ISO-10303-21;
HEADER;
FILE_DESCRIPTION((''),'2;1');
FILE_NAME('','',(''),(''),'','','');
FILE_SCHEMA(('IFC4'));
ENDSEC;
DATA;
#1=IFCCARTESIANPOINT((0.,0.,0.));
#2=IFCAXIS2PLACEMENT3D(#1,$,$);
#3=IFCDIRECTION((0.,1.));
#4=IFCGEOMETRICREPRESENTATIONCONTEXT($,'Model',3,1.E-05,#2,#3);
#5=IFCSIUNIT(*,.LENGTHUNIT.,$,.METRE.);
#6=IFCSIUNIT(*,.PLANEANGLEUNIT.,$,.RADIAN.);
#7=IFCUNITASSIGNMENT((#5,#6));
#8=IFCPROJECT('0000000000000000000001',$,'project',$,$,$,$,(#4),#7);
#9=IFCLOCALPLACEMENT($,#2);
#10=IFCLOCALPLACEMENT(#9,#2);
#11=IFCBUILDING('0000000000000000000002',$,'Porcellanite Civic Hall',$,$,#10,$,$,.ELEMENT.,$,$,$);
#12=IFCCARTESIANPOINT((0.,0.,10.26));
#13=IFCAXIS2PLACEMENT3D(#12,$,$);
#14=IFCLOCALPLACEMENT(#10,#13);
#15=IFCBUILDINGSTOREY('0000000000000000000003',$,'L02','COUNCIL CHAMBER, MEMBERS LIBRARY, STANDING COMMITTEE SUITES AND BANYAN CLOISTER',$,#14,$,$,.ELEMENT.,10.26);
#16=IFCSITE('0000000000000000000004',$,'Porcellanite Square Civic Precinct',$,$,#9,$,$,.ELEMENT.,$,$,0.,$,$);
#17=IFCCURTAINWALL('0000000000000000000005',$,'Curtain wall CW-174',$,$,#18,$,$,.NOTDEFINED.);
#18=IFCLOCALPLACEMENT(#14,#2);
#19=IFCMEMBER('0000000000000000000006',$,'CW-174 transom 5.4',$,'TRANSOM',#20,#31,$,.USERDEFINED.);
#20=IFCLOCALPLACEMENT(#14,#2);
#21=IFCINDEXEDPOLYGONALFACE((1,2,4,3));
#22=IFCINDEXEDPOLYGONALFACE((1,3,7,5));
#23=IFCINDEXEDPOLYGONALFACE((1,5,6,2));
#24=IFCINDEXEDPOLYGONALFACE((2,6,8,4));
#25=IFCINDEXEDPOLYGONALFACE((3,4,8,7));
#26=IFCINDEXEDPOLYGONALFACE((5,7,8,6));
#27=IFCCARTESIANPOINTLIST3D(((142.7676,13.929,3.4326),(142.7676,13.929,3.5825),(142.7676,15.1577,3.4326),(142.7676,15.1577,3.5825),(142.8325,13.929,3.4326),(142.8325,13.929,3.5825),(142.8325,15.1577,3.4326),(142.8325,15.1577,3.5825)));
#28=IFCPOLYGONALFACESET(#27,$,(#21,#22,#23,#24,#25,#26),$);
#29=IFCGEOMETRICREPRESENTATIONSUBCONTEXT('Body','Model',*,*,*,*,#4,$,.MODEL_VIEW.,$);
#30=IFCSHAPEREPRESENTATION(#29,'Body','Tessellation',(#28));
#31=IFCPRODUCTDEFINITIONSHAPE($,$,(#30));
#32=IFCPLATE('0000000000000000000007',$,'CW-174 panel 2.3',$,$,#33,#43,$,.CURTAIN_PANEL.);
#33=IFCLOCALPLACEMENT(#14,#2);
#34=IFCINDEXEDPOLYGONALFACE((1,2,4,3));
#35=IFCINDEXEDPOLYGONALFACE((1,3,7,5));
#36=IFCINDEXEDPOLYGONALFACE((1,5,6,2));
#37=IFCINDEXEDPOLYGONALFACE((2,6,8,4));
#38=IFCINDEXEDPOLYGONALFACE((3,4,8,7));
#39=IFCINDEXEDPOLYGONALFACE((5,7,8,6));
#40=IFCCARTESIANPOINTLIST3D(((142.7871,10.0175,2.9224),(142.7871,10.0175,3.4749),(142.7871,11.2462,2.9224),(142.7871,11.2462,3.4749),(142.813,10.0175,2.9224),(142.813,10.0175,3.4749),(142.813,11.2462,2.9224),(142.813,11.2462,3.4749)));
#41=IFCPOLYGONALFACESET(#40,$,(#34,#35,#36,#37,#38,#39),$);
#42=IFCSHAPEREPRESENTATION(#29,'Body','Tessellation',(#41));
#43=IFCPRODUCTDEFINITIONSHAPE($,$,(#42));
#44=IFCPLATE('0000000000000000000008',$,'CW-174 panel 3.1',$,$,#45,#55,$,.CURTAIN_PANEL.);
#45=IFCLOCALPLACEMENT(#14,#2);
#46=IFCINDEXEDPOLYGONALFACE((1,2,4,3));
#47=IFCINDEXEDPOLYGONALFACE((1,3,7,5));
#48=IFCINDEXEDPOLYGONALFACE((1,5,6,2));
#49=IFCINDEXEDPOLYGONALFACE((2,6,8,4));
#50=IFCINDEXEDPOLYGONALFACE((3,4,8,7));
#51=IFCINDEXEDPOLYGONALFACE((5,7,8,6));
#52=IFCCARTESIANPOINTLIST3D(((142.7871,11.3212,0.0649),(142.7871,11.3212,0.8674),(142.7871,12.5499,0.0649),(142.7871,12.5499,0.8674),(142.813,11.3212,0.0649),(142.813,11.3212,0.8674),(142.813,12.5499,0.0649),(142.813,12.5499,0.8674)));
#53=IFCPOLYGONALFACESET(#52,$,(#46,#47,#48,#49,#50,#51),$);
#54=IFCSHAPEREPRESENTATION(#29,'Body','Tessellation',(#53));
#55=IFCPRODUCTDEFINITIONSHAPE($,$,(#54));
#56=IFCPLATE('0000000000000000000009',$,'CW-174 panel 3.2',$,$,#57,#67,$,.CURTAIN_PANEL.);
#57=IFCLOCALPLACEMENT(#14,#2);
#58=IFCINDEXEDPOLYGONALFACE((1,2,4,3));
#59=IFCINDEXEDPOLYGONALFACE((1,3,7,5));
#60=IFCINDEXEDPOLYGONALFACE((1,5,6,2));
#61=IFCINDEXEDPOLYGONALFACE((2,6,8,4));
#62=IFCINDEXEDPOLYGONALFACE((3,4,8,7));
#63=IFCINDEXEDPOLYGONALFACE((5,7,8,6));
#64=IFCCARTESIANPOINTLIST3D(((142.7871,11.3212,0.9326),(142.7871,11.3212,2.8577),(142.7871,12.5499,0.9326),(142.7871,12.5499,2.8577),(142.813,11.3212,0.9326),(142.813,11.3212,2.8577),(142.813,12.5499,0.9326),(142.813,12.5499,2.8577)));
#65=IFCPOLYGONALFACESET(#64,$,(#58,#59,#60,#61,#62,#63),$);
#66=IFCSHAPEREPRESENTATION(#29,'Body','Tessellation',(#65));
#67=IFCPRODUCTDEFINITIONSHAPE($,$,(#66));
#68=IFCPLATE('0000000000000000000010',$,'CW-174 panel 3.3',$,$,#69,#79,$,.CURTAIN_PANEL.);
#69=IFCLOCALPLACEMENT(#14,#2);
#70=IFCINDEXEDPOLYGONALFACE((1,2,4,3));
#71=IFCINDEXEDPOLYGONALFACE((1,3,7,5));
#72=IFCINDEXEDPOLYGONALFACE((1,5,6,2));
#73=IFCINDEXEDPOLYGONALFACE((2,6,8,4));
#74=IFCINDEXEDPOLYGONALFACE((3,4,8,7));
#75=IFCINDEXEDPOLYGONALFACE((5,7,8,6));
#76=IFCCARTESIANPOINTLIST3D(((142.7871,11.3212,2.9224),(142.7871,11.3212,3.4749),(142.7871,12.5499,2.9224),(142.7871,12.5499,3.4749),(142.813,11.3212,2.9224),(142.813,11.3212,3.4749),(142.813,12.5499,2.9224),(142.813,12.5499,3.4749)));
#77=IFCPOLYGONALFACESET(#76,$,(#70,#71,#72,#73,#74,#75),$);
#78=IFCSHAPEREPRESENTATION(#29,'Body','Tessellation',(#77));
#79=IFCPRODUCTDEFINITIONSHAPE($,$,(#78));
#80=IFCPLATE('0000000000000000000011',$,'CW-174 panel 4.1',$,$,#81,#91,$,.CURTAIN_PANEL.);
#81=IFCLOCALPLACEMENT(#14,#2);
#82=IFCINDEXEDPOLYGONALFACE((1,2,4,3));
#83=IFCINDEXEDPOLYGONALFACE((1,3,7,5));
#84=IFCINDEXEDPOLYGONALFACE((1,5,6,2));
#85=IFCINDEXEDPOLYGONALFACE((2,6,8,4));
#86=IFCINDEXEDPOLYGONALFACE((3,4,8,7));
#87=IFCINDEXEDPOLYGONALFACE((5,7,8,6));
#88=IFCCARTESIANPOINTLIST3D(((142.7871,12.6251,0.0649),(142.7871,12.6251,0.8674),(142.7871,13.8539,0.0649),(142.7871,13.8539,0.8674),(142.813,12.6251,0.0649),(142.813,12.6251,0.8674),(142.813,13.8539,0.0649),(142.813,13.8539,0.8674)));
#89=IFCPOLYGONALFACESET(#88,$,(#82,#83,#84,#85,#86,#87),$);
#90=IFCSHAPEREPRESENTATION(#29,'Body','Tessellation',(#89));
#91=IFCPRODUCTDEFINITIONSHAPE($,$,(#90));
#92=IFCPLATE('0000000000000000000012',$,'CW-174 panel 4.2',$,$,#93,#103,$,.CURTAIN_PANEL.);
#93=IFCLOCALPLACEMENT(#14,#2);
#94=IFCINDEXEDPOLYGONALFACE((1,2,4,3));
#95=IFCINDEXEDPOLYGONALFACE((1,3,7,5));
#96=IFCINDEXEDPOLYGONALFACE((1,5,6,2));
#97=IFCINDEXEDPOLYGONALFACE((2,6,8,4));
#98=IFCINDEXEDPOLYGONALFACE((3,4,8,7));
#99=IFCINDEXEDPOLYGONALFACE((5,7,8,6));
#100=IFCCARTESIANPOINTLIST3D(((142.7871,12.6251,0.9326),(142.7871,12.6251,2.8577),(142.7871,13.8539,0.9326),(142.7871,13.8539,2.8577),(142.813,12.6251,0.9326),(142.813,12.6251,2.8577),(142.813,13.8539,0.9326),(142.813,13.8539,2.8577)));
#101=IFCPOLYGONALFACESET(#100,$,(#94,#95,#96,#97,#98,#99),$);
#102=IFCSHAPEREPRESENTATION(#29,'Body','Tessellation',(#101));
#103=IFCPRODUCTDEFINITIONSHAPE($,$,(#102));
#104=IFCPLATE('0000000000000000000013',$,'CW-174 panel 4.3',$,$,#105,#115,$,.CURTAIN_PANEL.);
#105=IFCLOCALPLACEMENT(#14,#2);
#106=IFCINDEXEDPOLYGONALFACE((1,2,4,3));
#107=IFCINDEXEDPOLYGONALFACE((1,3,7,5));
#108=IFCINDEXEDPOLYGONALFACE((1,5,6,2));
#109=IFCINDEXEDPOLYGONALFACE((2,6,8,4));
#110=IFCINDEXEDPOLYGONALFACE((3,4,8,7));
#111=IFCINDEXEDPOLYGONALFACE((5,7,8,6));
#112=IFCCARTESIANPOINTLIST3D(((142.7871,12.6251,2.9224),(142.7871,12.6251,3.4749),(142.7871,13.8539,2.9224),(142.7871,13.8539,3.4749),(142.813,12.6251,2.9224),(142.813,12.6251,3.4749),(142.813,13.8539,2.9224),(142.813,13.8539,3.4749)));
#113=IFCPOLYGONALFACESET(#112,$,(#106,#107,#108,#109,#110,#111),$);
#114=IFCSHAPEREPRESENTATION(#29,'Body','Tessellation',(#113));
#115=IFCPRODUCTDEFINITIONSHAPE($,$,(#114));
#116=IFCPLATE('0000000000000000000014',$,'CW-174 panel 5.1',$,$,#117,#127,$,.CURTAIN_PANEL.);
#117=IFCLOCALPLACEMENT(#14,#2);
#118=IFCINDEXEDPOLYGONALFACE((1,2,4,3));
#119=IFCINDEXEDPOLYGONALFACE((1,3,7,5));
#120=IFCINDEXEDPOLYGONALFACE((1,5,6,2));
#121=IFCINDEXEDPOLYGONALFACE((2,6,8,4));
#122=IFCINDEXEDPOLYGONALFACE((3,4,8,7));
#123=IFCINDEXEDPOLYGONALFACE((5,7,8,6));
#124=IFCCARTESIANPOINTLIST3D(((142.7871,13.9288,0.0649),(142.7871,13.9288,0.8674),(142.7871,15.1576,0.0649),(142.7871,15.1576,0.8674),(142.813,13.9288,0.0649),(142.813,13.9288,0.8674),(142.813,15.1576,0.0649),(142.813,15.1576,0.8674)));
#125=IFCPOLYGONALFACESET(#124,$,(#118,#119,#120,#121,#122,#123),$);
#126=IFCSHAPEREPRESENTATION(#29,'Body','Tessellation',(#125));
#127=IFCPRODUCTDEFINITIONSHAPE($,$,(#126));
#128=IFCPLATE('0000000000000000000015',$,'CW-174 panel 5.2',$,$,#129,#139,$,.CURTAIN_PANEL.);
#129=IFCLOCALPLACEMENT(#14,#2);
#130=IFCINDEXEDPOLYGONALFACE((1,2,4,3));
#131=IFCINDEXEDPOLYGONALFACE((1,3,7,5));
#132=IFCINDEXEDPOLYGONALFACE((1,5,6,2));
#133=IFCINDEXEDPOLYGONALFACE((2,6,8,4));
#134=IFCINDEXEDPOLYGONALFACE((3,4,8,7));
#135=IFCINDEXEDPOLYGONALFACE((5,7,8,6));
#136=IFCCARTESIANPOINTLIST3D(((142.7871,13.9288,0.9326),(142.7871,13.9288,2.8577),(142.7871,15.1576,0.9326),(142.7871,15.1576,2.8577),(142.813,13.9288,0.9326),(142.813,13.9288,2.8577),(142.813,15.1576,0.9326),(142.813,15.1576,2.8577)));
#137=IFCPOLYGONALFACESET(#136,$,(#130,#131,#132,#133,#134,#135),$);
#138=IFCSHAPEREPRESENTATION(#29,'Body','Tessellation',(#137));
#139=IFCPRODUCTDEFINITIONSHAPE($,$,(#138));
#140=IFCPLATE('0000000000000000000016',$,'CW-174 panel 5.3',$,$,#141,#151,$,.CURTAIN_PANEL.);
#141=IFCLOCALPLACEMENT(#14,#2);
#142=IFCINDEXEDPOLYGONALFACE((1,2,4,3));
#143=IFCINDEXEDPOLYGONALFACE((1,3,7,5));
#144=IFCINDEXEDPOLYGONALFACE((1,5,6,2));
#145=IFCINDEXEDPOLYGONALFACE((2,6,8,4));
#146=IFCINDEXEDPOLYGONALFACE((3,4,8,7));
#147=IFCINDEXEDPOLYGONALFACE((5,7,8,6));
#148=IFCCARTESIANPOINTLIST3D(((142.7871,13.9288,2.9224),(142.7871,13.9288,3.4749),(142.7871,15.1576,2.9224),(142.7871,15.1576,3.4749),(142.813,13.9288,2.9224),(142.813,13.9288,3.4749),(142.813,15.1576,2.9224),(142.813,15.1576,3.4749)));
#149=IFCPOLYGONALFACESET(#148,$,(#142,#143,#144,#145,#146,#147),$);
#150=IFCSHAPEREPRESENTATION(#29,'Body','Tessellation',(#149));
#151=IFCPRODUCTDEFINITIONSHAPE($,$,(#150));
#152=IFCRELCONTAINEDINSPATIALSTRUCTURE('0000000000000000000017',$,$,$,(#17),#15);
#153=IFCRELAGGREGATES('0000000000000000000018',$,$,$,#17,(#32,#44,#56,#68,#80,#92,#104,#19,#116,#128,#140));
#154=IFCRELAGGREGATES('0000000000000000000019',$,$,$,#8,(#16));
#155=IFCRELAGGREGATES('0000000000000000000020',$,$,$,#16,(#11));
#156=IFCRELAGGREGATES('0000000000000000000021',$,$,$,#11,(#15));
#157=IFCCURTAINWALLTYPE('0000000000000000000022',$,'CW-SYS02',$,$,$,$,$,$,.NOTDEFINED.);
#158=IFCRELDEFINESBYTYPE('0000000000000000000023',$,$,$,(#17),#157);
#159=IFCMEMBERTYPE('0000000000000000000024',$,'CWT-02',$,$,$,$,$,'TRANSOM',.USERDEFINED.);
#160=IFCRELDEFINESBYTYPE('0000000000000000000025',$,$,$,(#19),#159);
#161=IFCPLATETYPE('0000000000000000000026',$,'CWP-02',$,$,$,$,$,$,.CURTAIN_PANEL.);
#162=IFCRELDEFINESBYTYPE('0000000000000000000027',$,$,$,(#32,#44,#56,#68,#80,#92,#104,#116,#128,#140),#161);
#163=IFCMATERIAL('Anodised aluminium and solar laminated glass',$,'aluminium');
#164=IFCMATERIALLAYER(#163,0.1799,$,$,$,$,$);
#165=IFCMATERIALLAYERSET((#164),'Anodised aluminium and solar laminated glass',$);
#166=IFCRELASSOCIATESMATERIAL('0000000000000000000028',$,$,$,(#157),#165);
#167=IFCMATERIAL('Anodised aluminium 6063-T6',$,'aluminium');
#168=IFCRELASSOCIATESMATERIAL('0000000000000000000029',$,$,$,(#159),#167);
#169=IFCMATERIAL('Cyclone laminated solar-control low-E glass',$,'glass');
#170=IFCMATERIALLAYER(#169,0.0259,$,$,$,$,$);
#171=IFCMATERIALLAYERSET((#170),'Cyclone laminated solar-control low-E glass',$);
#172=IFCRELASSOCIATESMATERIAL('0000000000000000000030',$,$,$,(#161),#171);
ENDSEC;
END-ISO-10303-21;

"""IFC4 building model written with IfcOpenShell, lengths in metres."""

from ifc_helpers import new_model, si_unit, direction, frame, origin, origin_2d, place, context, subcontext, project, spatial, rectangle, extrude, material, layer, layer_set, material_profile, profile_set, type_object, element, aggregate, save


model = new_model("IFC4")

# Units and contexts
model_context = context("Model", 3, precision=1e-05, world=origin(), true_north=direction((0.0, 1.0)))
body_context = subcontext(model_context, "Body", "Model", "MODEL_VIEW")
ifc_project = project(units=[si_unit("LENGTHUNIT", "METRE"), si_unit("PLANEANGLEUNIT", "RADIAN")], contexts=[model_context])

# Site, building, storey
site_placement = place(None, origin())
site = spatial("IfcSite", under=ifc_project, at=site_placement, Name="Porcellanite Square Civic Precinct", CompositionType="ELEMENT", RefElevation=0.0)
building_placement = place(site_placement, origin())
building = spatial("IfcBuilding", under=site, at=building_placement, Name="Porcellanite Civic Hall", CompositionType="ELEMENT")
storey_placement = place(building_placement, frame((0.0, 0.0, 10.26)))
storey = spatial("IfcBuildingStorey", under=building, at=storey_placement, Name="L02", Description="COUNCIL CHAMBER, MEMBERS LIBRARY, STANDING COMMITTEE SUITES AND BANYAN CLOISTER", CompositionType="ELEMENT", Elevation=10.26)

# Curtain wall, member, plates
ifc_material_1 = material(Name="Anodised aluminium and solar laminated glass", Category="aluminium")
ifc_layer_1 = layer(ifc_material_1, 0.1799)
ifc_layer_set_1 = layer_set([ifc_layer_1], Name="Anodised aluminium and solar laminated glass")
curtain_wall_type = type_object("IfcCurtainWallType", Name="CW-SYS02", PredefinedType="NOTDEFINED", material=ifc_layer_set_1)
curtain_wall_placement = place(storey_placement, origin())
curtain_wall = element("IfcCurtainWall", 1, at=curtain_wall_placement, inside=storey, type_object=curtain_wall_type, Name="Curtain wall CW-174", PredefinedType="NOTDEFINED")
ifc_material_2 = material(Name="Anodised aluminium 6063-T6", Category="aluminium")
ifc_material_profile_1 = material_profile(ifc_material_2, rectangle(XDim=0.0649, YDim=0.1499, at=origin_2d()), Name="AL-65x150")
ifc_profile_set_1 = profile_set([ifc_material_profile_1], Name="Anodised aluminium 6063-T6")
member_type_1 = type_object("IfcMemberType", Name="CWT-02", ElementType="TRANSOM", PredefinedType="USERDEFINED", material=ifc_profile_set_1)
member_1_placement = place(storey_placement, frame((142.8, 13.929, 3.5076), z_axis=(0.0, 1.0, 0.0), x_axis=(-1.0, 0.0, 0.0)))
member_1 = element("IfcMember", 2, at=member_1_placement, type_object=member_type_1, Name="CW-174 transom 5.4", ObjectType="TRANSOM", PredefinedType="USERDEFINED", context=body_context, shape_type="SweptSolid", body=[
    extrude(rectangle(XDim=0.0649, YDim=0.1499, at=origin_2d()), origin(), (0.0, 0.0, 1.0), 1.2288),
])
ifc_material_3 = material(Name="Cyclone laminated solar-control low-E glass", Category="glass")
ifc_layer_2 = layer(ifc_material_3, 0.0259)
ifc_layer_set_2 = layer_set([ifc_layer_2], Name="Cyclone laminated solar-control low-E glass")
plate_type = type_object("IfcPlateType", Name="CWP-02", PredefinedType="CURTAIN_PANEL", material=ifc_layer_set_2)
plate_1_placement = place(storey_placement, frame((142.8, 10.6318, 2.9224), z_axis=(0.0, 0.0, 1.0), x_axis=(0.0, 1.0, 0.0)))
plate_1 = element("IfcPlate", 3, at=plate_1_placement, type_object=plate_type, Name="CW-174 panel 2.3", PredefinedType="CURTAIN_PANEL", context=body_context, shape_type="SweptSolid", body=[
    extrude(rectangle(XDim=1.2288, YDim=0.0259, at=origin_2d()), origin(), (0.0, 0.0, 1.0), 0.5525),
])
plate_2_placement = place(storey_placement, frame((142.8, 11.9355, 0.0649), z_axis=(0.0, 0.0, 1.0), x_axis=(0.0, 1.0, 0.0)))
plate_2 = element("IfcPlate", 4, at=plate_2_placement, type_object=plate_type, Name="CW-174 panel 3.1", PredefinedType="CURTAIN_PANEL", context=body_context, shape_type="SweptSolid", body=[
    extrude(rectangle(XDim=1.2288, YDim=0.0259, at=origin_2d()), origin(), (0.0, 0.0, 1.0), 0.8025),
])
plate_3_placement = place(storey_placement, frame((142.8, 11.9355, 0.9326), z_axis=(0.0, 0.0, 1.0), x_axis=(0.0, 1.0, 0.0)))
plate_3 = element("IfcPlate", 5, at=plate_3_placement, type_object=plate_type, Name="CW-174 panel 3.2", PredefinedType="CURTAIN_PANEL", context=body_context, shape_type="SweptSolid", body=[
    extrude(rectangle(XDim=1.2288, YDim=0.0259, at=origin_2d()), origin(), (0.0, 0.0, 1.0), 1.925),
])
plate_4_placement = place(storey_placement, frame((142.8, 11.9355, 2.9224), z_axis=(0.0, 0.0, 1.0), x_axis=(0.0, 1.0, 0.0)))
plate_4 = element("IfcPlate", 6, at=plate_4_placement, type_object=plate_type, Name="CW-174 panel 3.3", PredefinedType="CURTAIN_PANEL", context=body_context, shape_type="SweptSolid", body=[
    extrude(rectangle(XDim=1.2288, YDim=0.0259, at=origin_2d()), origin(), (0.0, 0.0, 1.0), 0.5525),
])
plate_5_placement = place(storey_placement, frame((142.8, 13.2395, 0.0649), z_axis=(0.0, 0.0, 1.0), x_axis=(0.0, 1.0, 0.0)))
plate_5 = element("IfcPlate", 7, at=plate_5_placement, type_object=plate_type, Name="CW-174 panel 4.1", PredefinedType="CURTAIN_PANEL", context=body_context, shape_type="SweptSolid", body=[
    extrude(rectangle(XDim=1.2288, YDim=0.0259, at=origin_2d()), origin(), (0.0, 0.0, 1.0), 0.8025),
])
plate_6_placement = place(storey_placement, frame((142.8, 13.2395, 0.9326), z_axis=(0.0, 0.0, 1.0), x_axis=(0.0, 1.0, 0.0)))
plate_6 = element("IfcPlate", 8, at=plate_6_placement, type_object=plate_type, Name="CW-174 panel 4.2", PredefinedType="CURTAIN_PANEL", context=body_context, shape_type="SweptSolid", body=[
    extrude(rectangle(XDim=1.2288, YDim=0.0259, at=origin_2d()), origin(), (0.0, 0.0, 1.0), 1.925),
])
plate_7_placement = place(storey_placement, frame((142.8, 13.2395, 2.9224), z_axis=(0.0, 0.0, 1.0), x_axis=(0.0, 1.0, 0.0)))
plate_7 = element("IfcPlate", 9, at=plate_7_placement, type_object=plate_type, Name="CW-174 panel 4.3", PredefinedType="CURTAIN_PANEL", context=body_context, shape_type="SweptSolid", body=[
    extrude(rectangle(XDim=1.2288, YDim=0.0259, at=origin_2d()), origin(), (0.0, 0.0, 1.0), 0.5525),
])
plate_8_placement = place(storey_placement, frame((142.8, 14.5432, 0.0649), z_axis=(0.0, 0.0, 1.0), x_axis=(0.0, 1.0, 0.0)))
plate_8 = element("IfcPlate", 10, at=plate_8_placement, type_object=plate_type, Name="CW-174 panel 5.1", PredefinedType="CURTAIN_PANEL", context=body_context, shape_type="SweptSolid", body=[
    extrude(rectangle(XDim=1.2288, YDim=0.0259, at=origin_2d()), origin(), (0.0, 0.0, 1.0), 0.8025),
])
plate_9_placement = place(storey_placement, frame((142.8, 14.5432, 0.9326), z_axis=(0.0, 0.0, 1.0), x_axis=(0.0, 1.0, 0.0)))
plate_9 = element("IfcPlate", 11, at=plate_9_placement, type_object=plate_type, Name="CW-174 panel 5.2", PredefinedType="CURTAIN_PANEL", context=body_context, shape_type="SweptSolid", body=[
    extrude(rectangle(XDim=1.2288, YDim=0.0259, at=origin_2d()), origin(), (0.0, 0.0, 1.0), 1.925),
])
plate_10_placement = place(storey_placement, frame((142.8, 14.5432, 2.9224), z_axis=(0.0, 0.0, 1.0), x_axis=(0.0, 1.0, 0.0)))
plate_10 = element("IfcPlate", 12, at=plate_10_placement, type_object=plate_type, Name="CW-174 panel 5.3", PredefinedType="CURTAIN_PANEL", context=body_context, shape_type="SweptSolid", body=[
    extrude(rectangle(XDim=1.2288, YDim=0.0259, at=origin_2d()), origin(), (0.0, 0.0, 1.0), 0.5525),
])
aggregate(curtain_wall, [plate_1, plate_2, plate_3, plate_4, plate_5, plate_6, plate_7, member_1, plate_8, plate_9, plate_10])

save(model, "model.ifc")
